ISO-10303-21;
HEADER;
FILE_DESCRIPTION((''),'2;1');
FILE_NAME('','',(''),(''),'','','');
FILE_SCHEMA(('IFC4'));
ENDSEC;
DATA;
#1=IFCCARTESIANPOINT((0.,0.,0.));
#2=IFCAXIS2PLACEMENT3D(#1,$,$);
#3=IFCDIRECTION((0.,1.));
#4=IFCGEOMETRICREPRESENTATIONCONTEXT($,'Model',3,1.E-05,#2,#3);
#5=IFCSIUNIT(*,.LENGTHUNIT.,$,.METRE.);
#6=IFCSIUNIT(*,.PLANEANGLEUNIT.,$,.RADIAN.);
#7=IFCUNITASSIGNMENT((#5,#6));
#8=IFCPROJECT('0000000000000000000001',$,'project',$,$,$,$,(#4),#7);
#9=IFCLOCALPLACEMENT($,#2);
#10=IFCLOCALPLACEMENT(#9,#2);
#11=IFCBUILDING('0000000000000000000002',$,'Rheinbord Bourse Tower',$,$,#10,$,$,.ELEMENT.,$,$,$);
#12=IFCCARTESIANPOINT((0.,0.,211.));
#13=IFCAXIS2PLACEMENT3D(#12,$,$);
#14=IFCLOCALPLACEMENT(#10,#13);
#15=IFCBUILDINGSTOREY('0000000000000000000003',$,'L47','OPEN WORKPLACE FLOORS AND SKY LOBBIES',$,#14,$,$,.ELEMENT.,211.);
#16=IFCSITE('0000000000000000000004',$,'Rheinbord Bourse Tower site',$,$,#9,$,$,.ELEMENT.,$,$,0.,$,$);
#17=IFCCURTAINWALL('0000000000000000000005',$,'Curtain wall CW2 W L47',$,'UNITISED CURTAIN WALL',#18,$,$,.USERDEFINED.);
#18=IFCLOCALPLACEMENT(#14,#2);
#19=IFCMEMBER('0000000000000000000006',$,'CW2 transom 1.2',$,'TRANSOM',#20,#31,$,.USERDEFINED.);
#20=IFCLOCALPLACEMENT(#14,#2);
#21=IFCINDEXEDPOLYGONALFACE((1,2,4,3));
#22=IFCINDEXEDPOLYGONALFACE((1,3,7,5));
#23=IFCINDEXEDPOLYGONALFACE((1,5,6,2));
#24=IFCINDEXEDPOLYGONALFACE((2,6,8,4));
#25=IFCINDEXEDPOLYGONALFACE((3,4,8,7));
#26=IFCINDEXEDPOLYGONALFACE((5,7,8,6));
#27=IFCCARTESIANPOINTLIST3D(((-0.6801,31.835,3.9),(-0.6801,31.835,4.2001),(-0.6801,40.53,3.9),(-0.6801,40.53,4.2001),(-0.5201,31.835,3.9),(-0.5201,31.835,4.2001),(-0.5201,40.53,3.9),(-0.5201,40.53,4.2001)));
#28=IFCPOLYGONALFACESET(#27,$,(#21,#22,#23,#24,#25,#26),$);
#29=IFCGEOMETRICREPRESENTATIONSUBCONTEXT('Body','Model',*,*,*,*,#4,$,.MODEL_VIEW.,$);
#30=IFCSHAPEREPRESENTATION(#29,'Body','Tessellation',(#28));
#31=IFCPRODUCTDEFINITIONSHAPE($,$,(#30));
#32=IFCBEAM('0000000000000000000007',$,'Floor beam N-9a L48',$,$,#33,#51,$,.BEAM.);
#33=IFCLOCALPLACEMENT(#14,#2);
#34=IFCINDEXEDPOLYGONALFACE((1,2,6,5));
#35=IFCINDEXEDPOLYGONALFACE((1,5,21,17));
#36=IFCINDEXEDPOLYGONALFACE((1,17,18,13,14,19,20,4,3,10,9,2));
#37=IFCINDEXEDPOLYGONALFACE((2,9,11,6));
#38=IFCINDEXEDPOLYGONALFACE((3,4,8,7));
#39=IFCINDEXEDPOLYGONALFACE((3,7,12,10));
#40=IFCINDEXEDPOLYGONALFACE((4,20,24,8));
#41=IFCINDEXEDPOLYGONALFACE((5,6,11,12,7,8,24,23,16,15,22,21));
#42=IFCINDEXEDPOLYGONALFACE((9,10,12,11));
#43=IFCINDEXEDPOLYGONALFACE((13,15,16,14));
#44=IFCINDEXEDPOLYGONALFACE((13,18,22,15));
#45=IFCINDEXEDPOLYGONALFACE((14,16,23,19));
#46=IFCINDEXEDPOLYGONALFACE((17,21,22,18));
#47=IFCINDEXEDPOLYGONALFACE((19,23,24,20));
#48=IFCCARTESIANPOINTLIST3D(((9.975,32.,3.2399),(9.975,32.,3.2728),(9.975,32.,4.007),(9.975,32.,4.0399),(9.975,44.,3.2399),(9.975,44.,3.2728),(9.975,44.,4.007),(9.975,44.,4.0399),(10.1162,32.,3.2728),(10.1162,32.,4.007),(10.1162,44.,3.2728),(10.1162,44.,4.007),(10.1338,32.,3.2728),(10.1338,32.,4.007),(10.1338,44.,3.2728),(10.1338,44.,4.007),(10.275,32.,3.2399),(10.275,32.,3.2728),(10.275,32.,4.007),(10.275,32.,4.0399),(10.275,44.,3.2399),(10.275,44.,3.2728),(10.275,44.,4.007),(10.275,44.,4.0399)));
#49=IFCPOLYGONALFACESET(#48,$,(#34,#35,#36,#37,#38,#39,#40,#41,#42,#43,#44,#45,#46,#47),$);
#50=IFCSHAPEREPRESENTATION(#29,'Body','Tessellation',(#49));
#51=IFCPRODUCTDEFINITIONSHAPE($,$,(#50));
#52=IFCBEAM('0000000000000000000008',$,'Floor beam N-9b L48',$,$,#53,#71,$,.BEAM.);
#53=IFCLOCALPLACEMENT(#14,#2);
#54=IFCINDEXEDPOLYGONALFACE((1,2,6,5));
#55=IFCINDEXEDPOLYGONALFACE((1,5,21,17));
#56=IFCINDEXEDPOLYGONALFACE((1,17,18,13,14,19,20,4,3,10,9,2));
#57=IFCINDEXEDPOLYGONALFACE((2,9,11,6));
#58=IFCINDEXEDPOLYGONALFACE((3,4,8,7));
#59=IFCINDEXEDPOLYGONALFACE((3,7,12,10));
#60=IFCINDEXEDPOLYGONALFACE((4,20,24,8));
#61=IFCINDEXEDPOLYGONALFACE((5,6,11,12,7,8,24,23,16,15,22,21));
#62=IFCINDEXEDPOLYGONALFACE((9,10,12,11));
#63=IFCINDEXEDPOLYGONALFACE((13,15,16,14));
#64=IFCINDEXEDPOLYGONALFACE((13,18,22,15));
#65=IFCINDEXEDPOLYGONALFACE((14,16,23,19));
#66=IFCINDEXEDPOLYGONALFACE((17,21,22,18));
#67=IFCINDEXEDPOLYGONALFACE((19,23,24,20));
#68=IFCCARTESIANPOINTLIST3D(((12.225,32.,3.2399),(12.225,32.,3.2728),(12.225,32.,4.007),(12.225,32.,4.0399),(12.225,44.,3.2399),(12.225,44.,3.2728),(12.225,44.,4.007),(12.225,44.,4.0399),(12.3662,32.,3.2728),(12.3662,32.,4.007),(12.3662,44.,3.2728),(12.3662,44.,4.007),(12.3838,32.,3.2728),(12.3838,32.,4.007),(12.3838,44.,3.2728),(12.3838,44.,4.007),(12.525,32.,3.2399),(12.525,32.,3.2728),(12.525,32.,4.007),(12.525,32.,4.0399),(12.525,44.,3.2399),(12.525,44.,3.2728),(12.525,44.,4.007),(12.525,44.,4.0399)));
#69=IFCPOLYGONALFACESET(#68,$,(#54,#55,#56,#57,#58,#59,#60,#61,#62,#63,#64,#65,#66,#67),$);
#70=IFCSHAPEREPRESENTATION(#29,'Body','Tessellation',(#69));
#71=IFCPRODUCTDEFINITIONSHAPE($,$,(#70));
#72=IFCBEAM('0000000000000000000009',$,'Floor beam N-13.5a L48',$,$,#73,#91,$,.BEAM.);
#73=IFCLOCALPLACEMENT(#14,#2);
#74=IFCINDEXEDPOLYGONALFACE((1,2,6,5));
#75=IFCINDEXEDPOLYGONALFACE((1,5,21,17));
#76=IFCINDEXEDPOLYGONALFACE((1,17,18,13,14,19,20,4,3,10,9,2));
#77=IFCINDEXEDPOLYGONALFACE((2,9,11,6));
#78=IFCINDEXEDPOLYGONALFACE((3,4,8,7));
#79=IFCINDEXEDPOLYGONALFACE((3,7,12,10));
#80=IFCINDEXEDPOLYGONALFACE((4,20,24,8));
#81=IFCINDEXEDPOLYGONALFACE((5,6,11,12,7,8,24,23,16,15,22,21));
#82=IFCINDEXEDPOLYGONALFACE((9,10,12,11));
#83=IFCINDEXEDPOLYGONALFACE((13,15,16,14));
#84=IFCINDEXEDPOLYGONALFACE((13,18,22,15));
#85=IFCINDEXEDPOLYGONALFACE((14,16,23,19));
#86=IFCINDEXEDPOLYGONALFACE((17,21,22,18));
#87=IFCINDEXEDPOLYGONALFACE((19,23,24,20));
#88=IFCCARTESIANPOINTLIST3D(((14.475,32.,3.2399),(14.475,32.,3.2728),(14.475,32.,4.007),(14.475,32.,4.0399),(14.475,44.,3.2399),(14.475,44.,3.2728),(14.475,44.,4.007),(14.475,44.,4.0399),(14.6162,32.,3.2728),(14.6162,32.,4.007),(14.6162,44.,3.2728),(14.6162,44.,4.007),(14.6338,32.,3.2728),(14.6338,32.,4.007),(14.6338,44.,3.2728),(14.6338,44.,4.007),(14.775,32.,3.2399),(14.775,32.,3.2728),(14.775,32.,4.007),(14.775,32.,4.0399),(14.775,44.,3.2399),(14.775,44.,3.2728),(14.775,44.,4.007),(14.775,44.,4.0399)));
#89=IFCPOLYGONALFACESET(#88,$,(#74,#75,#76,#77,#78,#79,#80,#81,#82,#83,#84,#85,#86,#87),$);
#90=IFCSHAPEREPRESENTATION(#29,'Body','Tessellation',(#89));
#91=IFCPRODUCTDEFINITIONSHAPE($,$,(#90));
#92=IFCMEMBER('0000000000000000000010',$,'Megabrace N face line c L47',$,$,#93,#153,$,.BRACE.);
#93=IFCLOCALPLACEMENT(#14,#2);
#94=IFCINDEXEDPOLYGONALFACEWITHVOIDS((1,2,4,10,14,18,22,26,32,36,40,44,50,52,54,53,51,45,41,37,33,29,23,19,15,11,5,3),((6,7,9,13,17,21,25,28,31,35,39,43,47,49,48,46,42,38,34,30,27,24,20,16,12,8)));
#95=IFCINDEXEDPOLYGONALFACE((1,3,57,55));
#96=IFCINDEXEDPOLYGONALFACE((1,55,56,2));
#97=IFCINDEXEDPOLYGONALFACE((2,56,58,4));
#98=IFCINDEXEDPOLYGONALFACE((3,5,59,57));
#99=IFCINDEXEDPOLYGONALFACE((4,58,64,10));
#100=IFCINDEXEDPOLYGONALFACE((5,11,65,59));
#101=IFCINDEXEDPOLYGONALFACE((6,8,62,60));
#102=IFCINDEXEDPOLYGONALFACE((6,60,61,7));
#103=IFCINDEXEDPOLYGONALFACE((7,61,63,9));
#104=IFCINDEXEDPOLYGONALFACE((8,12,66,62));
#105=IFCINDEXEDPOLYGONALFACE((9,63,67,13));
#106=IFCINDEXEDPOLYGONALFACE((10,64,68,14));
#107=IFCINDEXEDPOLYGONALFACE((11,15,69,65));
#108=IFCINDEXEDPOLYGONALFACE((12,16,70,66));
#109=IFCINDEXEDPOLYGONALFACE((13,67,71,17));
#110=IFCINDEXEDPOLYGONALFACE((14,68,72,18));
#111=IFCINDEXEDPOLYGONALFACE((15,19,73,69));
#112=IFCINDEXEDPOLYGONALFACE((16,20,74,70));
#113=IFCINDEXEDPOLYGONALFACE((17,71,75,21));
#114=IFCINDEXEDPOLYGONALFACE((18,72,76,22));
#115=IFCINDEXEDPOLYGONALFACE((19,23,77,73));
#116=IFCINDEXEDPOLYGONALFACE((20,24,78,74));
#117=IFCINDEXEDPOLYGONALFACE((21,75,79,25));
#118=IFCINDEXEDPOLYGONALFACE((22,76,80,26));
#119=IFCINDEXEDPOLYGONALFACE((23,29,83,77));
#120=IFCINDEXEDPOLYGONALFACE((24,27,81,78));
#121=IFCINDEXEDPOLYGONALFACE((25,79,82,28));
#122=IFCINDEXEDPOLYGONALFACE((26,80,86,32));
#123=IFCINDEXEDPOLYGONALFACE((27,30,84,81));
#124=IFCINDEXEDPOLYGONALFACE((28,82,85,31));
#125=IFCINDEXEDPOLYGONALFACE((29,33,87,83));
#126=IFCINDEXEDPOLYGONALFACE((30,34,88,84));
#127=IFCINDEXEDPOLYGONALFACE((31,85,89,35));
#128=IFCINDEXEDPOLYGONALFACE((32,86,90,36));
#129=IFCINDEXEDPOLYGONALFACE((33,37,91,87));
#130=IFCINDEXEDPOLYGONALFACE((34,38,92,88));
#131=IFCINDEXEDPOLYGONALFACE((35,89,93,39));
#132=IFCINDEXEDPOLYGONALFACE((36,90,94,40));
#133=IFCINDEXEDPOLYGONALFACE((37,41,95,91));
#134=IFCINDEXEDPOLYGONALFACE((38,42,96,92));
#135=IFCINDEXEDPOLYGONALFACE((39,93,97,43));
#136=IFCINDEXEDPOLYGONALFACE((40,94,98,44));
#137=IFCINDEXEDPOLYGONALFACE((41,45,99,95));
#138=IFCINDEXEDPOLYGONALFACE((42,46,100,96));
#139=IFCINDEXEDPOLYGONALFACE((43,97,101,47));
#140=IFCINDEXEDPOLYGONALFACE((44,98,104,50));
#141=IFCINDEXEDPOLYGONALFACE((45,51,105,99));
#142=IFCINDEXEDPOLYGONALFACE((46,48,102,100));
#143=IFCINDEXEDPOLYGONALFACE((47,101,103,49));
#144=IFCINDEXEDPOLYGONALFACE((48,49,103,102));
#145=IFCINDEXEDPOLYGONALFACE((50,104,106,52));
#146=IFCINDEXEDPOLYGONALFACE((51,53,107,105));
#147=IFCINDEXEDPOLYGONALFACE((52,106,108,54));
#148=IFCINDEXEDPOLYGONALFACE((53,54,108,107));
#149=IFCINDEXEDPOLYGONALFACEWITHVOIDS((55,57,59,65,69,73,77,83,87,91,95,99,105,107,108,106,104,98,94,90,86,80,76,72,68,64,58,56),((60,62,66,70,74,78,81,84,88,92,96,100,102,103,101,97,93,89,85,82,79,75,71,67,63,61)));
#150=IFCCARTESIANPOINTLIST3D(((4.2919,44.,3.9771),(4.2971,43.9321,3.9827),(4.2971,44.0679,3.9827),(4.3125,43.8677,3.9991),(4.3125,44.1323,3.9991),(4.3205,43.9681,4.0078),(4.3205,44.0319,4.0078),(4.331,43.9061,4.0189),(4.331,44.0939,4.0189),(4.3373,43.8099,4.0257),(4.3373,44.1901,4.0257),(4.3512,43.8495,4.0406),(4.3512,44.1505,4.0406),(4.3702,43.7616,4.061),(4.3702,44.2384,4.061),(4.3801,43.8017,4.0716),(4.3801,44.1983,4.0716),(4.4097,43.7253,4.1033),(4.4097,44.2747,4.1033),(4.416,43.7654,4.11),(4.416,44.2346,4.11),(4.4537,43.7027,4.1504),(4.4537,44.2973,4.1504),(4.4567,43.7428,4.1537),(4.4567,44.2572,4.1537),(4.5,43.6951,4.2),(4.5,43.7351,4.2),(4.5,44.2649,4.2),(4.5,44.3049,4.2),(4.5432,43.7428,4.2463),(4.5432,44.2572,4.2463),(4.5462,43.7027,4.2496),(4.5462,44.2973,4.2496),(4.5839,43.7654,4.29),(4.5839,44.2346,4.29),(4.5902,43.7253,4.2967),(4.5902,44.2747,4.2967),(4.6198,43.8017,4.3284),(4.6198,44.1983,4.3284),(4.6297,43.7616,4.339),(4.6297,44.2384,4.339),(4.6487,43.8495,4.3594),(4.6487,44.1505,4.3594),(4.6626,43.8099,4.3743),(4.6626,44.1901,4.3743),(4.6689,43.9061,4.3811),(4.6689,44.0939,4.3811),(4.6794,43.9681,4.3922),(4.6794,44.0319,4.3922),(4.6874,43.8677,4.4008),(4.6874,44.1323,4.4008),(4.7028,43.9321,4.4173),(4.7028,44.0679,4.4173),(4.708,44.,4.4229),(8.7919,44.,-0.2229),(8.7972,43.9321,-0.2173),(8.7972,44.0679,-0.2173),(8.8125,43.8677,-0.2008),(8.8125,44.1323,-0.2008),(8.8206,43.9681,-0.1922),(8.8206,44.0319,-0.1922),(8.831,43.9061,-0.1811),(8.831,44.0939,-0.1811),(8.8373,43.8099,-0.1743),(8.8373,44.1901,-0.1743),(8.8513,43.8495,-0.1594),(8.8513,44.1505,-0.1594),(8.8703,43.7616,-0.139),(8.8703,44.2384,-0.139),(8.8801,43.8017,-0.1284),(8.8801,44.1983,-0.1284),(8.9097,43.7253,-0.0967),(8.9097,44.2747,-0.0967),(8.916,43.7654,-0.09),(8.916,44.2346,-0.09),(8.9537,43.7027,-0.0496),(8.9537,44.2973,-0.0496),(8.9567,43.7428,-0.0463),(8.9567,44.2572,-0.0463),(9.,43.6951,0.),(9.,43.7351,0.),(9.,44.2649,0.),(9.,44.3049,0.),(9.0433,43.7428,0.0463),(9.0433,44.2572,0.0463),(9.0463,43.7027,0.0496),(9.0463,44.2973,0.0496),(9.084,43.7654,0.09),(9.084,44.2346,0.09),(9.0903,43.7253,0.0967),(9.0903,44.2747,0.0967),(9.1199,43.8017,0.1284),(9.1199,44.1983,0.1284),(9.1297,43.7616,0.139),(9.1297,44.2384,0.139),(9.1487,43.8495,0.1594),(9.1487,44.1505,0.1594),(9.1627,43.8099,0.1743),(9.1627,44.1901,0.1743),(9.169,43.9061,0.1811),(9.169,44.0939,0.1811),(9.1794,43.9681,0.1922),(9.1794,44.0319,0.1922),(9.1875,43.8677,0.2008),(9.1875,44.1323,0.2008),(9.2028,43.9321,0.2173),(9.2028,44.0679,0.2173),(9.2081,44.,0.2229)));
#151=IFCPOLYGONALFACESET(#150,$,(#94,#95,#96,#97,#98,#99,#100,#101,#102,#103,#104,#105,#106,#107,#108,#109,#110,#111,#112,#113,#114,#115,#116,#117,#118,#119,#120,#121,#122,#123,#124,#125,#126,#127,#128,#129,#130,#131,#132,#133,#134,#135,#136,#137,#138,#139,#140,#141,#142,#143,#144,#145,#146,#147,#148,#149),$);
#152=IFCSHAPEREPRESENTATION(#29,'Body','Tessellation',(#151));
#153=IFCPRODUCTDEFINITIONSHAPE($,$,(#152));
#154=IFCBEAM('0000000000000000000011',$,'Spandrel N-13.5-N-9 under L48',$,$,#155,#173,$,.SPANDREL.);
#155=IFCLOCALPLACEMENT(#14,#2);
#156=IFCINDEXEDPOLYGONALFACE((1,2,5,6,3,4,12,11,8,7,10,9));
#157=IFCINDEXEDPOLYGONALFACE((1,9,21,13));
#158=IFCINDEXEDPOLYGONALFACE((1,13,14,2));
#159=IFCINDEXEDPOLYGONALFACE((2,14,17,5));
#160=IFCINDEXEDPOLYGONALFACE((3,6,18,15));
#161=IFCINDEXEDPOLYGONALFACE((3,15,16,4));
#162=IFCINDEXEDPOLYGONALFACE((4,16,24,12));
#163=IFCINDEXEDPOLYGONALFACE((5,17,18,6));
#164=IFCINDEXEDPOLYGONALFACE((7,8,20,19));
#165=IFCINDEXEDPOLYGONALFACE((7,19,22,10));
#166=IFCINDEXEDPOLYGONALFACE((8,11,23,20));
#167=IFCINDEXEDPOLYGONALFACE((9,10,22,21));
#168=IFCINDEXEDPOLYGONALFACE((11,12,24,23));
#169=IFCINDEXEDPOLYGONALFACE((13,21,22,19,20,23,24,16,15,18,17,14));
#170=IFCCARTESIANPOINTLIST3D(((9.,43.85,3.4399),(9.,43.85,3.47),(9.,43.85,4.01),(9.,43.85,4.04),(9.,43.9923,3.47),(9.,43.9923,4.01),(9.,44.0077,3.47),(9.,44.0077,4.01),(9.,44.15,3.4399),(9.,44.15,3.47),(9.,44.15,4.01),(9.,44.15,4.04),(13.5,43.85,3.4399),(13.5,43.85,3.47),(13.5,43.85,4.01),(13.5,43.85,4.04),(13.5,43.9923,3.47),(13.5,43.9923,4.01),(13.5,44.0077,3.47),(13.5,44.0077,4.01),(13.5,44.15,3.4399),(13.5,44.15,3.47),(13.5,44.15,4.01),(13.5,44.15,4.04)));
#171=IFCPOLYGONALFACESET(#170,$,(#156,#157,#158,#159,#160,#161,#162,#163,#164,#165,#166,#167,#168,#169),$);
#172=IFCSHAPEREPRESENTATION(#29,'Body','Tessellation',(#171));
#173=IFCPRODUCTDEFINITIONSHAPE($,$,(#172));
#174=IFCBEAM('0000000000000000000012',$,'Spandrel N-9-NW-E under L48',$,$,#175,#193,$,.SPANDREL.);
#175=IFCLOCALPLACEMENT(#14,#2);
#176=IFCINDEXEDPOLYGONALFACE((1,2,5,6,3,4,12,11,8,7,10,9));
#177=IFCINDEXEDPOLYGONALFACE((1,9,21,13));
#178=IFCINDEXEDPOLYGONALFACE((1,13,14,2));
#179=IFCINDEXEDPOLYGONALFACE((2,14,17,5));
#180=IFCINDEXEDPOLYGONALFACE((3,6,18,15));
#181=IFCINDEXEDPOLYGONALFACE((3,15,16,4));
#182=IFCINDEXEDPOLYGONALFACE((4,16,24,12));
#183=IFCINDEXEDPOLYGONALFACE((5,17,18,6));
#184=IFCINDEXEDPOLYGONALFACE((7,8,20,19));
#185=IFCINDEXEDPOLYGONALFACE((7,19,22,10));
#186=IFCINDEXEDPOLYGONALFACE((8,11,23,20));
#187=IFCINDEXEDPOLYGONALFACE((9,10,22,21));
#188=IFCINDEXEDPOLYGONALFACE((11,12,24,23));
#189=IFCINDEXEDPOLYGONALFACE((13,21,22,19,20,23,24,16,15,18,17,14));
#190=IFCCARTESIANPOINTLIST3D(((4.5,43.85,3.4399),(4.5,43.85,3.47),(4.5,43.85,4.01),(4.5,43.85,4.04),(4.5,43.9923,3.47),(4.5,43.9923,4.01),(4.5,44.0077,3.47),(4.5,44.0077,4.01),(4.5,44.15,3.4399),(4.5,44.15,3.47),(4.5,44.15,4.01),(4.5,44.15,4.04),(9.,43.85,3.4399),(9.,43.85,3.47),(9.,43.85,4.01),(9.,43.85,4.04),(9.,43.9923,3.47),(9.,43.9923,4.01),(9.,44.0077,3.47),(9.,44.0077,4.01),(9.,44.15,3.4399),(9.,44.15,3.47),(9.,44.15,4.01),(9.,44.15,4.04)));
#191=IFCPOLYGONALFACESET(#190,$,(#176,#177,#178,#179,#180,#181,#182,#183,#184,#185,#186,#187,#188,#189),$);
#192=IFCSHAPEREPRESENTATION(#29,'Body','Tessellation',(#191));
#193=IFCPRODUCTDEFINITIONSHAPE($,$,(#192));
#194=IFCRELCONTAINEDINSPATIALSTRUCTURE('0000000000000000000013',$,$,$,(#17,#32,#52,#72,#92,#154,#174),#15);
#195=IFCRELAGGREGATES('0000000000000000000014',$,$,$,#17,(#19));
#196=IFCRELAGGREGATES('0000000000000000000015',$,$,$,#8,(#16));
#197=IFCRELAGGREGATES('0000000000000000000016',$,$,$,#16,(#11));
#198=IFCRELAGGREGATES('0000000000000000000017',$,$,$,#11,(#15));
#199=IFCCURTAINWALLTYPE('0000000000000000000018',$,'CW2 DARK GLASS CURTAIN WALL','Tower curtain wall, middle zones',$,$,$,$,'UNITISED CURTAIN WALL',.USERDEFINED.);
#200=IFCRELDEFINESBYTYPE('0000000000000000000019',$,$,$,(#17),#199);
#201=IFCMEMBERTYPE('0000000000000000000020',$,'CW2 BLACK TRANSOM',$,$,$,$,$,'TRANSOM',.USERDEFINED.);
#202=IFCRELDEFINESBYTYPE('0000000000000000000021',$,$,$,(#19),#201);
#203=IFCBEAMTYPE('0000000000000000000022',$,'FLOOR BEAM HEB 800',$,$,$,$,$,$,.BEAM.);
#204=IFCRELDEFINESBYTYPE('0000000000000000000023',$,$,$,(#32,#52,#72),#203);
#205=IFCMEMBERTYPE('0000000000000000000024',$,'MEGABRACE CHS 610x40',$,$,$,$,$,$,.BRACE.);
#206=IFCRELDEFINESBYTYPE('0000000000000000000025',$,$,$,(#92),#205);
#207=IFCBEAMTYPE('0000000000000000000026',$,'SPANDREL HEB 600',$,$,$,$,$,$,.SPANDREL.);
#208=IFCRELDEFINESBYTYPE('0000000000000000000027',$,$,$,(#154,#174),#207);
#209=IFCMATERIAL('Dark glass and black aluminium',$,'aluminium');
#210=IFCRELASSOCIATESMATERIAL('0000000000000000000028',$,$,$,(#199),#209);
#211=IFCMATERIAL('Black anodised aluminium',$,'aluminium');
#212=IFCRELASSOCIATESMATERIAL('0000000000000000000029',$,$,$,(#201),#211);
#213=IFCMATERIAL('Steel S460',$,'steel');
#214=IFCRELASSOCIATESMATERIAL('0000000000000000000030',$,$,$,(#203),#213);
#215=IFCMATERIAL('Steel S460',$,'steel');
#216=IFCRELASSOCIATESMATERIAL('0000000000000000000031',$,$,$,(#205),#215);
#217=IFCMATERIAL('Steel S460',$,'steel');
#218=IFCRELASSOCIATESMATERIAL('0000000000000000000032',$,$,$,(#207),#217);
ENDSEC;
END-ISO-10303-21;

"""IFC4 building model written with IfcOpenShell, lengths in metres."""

from ifc_helpers import new_model, si_unit, direction, frame, origin, origin_2d, place, context, subcontext, project, spatial, rectangle, hollow_circle, i_section, extrude, material, material_profile, profile_set, type_object, element, aggregate, save


model = new_model("IFC4")

# Units and contexts
model_context = context("Model", 3, precision=1e-05, world=origin(), true_north=direction((0.0, 1.0)))
body_context = subcontext(model_context, "Body", "Model", "MODEL_VIEW")
ifc_project = project(units=[si_unit("LENGTHUNIT", "METRE"), si_unit("PLANEANGLEUNIT", "RADIAN")], contexts=[model_context])

# Site, building, storey
site_placement = place(None, origin())
site = spatial("IfcSite", under=ifc_project, at=site_placement, Name="Rheinbord Bourse Tower site", CompositionType="ELEMENT", RefElevation=0.0)
building_placement = place(site_placement, origin())
building = spatial("IfcBuilding", under=site, at=building_placement, Name="Rheinbord Bourse Tower", CompositionType="ELEMENT")
storey_placement = place(building_placement, frame((0.0, 0.0, 211.0)))
storey = spatial("IfcBuildingStorey", under=building, at=storey_placement, Name="L47", Description="OPEN WORKPLACE FLOORS AND SKY LOBBIES", CompositionType="ELEMENT", Elevation=211.0)

# Shared definitions
ifc_material_1 = material(Name="Dark glass and black aluminium", Category="aluminium")
curtain_wall_type = type_object("IfcCurtainWallType", Name="CW2 DARK GLASS CURTAIN WALL", Description="Tower curtain wall, middle zones", ElementType="UNITISED CURTAIN WALL", PredefinedType="USERDEFINED", material=ifc_material_1)

# Curtain wall
curtain_wall_1_placement = place(storey_placement, origin())
curtain_wall_1 = element("IfcCurtainWall", 1, at=curtain_wall_1_placement, inside=storey, type_object=curtain_wall_type, Name="Curtain wall CW2 W L47", ObjectType="UNITISED CURTAIN WALL", PredefinedType="USERDEFINED")

# Member
ifc_material_2 = material(Name="Black anodised aluminium", Category="aluminium")
ifc_material_profile_1 = material_profile(ifc_material_2, rectangle(XDim=0.1599, YDim=0.3, at=origin_2d()), Name="CW2 TRANSOM 300x160")
ifc_profile_set_1 = profile_set([ifc_material_profile_1], Name="Black anodised aluminium")
member_type_1 = type_object("IfcMemberType", Name="CW2 BLACK TRANSOM", ElementType="TRANSOM", PredefinedType="USERDEFINED", material=ifc_profile_set_1)
member_1_placement = place(storey_placement, frame((-0.6001, 40.53, 4.05), z_axis=(0.0, -1.0, 0.0), x_axis=(1.0, 0.0, 0.0)))
member_1 = element("IfcMember", 2, at=member_1_placement, type_object=member_type_1, Name="CW2 transom 1.2", ObjectType="TRANSOM", PredefinedType="USERDEFINED", context=body_context, shape_type="SweptSolid", body=[
    extrude(rectangle(XDim=0.1599, YDim=0.3, at=origin_2d()), origin(), (0.0, 0.0, 1.0), 8.6951),
])

# Beams
ifc_material_3 = material(Name="Steel S460", Category="steel")
ifc_material_profile_2 = material_profile(ifc_material_3, i_section(OverallWidth=0.3, OverallDepth=0.8, WebThickness=0.0176, FlangeThickness=0.033, at=origin_2d()), Name="HEB 800")
ifc_profile_set_2 = profile_set([ifc_material_profile_2], Name="Steel S460")
beam_type_1 = type_object("IfcBeamType", Name="FLOOR BEAM HEB 800", PredefinedType="BEAM", material=ifc_profile_set_2)
for number, where, z_axis, x_axis, name in (
    (3, (10.125, 44.0, 3.6399), (0.0, -1.0, 0.0), (1.0, 0.0, 0.0), "Floor beam N-9a L48"),
    (4, (12.375, 44.0, 3.6399), (0.0, -1.0, 0.0), (1.0, 0.0, 0.0), "Floor beam N-9b L48"),
    (5, (14.625, 44.0, 3.6399), (0.0, -1.0, 0.0), (1.0, 0.0, 0.0), "Floor beam N-13.5a L48"),
):
    element("IfcBeam", number, at=place(storey_placement, frame(where, z_axis=z_axis, x_axis=x_axis)), inside=storey, type_object=beam_type_1, Name=name, PredefinedType="BEAM", context=body_context, shape_type="SweptSolid", body=[
        extrude(i_section(OverallWidth=0.3, OverallDepth=0.8, WebThickness=0.0176, FlangeThickness=0.033, at=origin_2d()), origin(), (0.0, 0.0, 1.0), 12.0),
    ])

# Member
ifc_material_4 = material(Name="Steel S460", Category="steel")
ifc_material_profile_3 = material_profile(ifc_material_4, hollow_circle(Radius=0.3049, WallThickness=0.04, at=origin_2d()), Name="CHS 610x40")
ifc_profile_set_3 = profile_set([ifc_material_profile_3], Name="Steel S460")
member_type_2 = type_object("IfcMemberType", Name="MEGABRACE CHS 610x40", PredefinedType="BRACE", material=ifc_profile_set_3)
member_2_placement = place(storey_placement, frame((9.0, 44.0, 0.0), z_axis=(-0.731059, 0.0, 0.682314), x_axis=(0.0, -1.0, 0.0)))
element("IfcMember", 6, at=member_2_placement, inside=storey, type_object=member_type_2, Name="Megabrace N face line c L47", PredefinedType="BRACE", context=body_context, shape_type="SweptSolid", body=[
    extrude(hollow_circle(Radius=0.3049, WallThickness=0.04, at=origin_2d()), origin(), (0.0, 0.0, 1.0), 6.1555),
])

# Beams
ifc_material_5 = material(Name="Steel S460", Category="steel")
ifc_material_profile_4 = material_profile(ifc_material_5, i_section(OverallWidth=0.3, OverallDepth=0.6001, WebThickness=0.0154, FlangeThickness=0.03, at=origin_2d()), Name="HEB 600")
ifc_profile_set_4 = profile_set([ifc_material_profile_4], Name="Steel S460")
beam_type_2 = type_object("IfcBeamType", Name="SPANDREL HEB 600", PredefinedType="SPANDREL", material=ifc_profile_set_4)
for number, where, z_axis, x_axis, name in (
    (7, (13.5, 44.0, 3.74), (-1.0, 0.0, 0.0), (0.0, -1.0, 0.0), "Spandrel N-13.5-N-9 under L48"),
    (8, (9.0, 44.0, 3.74), (-1.0, 0.0, 0.0), (0.0, -1.0, 0.0), "Spandrel N-9-NW-E under L48"),
):
    element("IfcBeam", number, at=place(storey_placement, frame(where, z_axis=z_axis, x_axis=x_axis)), inside=storey, type_object=beam_type_2, Name=name, PredefinedType="SPANDREL", context=body_context, shape_type="SweptSolid", body=[
        extrude(i_section(OverallWidth=0.3, OverallDepth=0.6001, WebThickness=0.0154, FlangeThickness=0.03, at=origin_2d()), origin(), (0.0, 0.0, 1.0), 4.5),
    ])

aggregate(curtain_wall_1, [member_1])

save(model, "model.ifc")
